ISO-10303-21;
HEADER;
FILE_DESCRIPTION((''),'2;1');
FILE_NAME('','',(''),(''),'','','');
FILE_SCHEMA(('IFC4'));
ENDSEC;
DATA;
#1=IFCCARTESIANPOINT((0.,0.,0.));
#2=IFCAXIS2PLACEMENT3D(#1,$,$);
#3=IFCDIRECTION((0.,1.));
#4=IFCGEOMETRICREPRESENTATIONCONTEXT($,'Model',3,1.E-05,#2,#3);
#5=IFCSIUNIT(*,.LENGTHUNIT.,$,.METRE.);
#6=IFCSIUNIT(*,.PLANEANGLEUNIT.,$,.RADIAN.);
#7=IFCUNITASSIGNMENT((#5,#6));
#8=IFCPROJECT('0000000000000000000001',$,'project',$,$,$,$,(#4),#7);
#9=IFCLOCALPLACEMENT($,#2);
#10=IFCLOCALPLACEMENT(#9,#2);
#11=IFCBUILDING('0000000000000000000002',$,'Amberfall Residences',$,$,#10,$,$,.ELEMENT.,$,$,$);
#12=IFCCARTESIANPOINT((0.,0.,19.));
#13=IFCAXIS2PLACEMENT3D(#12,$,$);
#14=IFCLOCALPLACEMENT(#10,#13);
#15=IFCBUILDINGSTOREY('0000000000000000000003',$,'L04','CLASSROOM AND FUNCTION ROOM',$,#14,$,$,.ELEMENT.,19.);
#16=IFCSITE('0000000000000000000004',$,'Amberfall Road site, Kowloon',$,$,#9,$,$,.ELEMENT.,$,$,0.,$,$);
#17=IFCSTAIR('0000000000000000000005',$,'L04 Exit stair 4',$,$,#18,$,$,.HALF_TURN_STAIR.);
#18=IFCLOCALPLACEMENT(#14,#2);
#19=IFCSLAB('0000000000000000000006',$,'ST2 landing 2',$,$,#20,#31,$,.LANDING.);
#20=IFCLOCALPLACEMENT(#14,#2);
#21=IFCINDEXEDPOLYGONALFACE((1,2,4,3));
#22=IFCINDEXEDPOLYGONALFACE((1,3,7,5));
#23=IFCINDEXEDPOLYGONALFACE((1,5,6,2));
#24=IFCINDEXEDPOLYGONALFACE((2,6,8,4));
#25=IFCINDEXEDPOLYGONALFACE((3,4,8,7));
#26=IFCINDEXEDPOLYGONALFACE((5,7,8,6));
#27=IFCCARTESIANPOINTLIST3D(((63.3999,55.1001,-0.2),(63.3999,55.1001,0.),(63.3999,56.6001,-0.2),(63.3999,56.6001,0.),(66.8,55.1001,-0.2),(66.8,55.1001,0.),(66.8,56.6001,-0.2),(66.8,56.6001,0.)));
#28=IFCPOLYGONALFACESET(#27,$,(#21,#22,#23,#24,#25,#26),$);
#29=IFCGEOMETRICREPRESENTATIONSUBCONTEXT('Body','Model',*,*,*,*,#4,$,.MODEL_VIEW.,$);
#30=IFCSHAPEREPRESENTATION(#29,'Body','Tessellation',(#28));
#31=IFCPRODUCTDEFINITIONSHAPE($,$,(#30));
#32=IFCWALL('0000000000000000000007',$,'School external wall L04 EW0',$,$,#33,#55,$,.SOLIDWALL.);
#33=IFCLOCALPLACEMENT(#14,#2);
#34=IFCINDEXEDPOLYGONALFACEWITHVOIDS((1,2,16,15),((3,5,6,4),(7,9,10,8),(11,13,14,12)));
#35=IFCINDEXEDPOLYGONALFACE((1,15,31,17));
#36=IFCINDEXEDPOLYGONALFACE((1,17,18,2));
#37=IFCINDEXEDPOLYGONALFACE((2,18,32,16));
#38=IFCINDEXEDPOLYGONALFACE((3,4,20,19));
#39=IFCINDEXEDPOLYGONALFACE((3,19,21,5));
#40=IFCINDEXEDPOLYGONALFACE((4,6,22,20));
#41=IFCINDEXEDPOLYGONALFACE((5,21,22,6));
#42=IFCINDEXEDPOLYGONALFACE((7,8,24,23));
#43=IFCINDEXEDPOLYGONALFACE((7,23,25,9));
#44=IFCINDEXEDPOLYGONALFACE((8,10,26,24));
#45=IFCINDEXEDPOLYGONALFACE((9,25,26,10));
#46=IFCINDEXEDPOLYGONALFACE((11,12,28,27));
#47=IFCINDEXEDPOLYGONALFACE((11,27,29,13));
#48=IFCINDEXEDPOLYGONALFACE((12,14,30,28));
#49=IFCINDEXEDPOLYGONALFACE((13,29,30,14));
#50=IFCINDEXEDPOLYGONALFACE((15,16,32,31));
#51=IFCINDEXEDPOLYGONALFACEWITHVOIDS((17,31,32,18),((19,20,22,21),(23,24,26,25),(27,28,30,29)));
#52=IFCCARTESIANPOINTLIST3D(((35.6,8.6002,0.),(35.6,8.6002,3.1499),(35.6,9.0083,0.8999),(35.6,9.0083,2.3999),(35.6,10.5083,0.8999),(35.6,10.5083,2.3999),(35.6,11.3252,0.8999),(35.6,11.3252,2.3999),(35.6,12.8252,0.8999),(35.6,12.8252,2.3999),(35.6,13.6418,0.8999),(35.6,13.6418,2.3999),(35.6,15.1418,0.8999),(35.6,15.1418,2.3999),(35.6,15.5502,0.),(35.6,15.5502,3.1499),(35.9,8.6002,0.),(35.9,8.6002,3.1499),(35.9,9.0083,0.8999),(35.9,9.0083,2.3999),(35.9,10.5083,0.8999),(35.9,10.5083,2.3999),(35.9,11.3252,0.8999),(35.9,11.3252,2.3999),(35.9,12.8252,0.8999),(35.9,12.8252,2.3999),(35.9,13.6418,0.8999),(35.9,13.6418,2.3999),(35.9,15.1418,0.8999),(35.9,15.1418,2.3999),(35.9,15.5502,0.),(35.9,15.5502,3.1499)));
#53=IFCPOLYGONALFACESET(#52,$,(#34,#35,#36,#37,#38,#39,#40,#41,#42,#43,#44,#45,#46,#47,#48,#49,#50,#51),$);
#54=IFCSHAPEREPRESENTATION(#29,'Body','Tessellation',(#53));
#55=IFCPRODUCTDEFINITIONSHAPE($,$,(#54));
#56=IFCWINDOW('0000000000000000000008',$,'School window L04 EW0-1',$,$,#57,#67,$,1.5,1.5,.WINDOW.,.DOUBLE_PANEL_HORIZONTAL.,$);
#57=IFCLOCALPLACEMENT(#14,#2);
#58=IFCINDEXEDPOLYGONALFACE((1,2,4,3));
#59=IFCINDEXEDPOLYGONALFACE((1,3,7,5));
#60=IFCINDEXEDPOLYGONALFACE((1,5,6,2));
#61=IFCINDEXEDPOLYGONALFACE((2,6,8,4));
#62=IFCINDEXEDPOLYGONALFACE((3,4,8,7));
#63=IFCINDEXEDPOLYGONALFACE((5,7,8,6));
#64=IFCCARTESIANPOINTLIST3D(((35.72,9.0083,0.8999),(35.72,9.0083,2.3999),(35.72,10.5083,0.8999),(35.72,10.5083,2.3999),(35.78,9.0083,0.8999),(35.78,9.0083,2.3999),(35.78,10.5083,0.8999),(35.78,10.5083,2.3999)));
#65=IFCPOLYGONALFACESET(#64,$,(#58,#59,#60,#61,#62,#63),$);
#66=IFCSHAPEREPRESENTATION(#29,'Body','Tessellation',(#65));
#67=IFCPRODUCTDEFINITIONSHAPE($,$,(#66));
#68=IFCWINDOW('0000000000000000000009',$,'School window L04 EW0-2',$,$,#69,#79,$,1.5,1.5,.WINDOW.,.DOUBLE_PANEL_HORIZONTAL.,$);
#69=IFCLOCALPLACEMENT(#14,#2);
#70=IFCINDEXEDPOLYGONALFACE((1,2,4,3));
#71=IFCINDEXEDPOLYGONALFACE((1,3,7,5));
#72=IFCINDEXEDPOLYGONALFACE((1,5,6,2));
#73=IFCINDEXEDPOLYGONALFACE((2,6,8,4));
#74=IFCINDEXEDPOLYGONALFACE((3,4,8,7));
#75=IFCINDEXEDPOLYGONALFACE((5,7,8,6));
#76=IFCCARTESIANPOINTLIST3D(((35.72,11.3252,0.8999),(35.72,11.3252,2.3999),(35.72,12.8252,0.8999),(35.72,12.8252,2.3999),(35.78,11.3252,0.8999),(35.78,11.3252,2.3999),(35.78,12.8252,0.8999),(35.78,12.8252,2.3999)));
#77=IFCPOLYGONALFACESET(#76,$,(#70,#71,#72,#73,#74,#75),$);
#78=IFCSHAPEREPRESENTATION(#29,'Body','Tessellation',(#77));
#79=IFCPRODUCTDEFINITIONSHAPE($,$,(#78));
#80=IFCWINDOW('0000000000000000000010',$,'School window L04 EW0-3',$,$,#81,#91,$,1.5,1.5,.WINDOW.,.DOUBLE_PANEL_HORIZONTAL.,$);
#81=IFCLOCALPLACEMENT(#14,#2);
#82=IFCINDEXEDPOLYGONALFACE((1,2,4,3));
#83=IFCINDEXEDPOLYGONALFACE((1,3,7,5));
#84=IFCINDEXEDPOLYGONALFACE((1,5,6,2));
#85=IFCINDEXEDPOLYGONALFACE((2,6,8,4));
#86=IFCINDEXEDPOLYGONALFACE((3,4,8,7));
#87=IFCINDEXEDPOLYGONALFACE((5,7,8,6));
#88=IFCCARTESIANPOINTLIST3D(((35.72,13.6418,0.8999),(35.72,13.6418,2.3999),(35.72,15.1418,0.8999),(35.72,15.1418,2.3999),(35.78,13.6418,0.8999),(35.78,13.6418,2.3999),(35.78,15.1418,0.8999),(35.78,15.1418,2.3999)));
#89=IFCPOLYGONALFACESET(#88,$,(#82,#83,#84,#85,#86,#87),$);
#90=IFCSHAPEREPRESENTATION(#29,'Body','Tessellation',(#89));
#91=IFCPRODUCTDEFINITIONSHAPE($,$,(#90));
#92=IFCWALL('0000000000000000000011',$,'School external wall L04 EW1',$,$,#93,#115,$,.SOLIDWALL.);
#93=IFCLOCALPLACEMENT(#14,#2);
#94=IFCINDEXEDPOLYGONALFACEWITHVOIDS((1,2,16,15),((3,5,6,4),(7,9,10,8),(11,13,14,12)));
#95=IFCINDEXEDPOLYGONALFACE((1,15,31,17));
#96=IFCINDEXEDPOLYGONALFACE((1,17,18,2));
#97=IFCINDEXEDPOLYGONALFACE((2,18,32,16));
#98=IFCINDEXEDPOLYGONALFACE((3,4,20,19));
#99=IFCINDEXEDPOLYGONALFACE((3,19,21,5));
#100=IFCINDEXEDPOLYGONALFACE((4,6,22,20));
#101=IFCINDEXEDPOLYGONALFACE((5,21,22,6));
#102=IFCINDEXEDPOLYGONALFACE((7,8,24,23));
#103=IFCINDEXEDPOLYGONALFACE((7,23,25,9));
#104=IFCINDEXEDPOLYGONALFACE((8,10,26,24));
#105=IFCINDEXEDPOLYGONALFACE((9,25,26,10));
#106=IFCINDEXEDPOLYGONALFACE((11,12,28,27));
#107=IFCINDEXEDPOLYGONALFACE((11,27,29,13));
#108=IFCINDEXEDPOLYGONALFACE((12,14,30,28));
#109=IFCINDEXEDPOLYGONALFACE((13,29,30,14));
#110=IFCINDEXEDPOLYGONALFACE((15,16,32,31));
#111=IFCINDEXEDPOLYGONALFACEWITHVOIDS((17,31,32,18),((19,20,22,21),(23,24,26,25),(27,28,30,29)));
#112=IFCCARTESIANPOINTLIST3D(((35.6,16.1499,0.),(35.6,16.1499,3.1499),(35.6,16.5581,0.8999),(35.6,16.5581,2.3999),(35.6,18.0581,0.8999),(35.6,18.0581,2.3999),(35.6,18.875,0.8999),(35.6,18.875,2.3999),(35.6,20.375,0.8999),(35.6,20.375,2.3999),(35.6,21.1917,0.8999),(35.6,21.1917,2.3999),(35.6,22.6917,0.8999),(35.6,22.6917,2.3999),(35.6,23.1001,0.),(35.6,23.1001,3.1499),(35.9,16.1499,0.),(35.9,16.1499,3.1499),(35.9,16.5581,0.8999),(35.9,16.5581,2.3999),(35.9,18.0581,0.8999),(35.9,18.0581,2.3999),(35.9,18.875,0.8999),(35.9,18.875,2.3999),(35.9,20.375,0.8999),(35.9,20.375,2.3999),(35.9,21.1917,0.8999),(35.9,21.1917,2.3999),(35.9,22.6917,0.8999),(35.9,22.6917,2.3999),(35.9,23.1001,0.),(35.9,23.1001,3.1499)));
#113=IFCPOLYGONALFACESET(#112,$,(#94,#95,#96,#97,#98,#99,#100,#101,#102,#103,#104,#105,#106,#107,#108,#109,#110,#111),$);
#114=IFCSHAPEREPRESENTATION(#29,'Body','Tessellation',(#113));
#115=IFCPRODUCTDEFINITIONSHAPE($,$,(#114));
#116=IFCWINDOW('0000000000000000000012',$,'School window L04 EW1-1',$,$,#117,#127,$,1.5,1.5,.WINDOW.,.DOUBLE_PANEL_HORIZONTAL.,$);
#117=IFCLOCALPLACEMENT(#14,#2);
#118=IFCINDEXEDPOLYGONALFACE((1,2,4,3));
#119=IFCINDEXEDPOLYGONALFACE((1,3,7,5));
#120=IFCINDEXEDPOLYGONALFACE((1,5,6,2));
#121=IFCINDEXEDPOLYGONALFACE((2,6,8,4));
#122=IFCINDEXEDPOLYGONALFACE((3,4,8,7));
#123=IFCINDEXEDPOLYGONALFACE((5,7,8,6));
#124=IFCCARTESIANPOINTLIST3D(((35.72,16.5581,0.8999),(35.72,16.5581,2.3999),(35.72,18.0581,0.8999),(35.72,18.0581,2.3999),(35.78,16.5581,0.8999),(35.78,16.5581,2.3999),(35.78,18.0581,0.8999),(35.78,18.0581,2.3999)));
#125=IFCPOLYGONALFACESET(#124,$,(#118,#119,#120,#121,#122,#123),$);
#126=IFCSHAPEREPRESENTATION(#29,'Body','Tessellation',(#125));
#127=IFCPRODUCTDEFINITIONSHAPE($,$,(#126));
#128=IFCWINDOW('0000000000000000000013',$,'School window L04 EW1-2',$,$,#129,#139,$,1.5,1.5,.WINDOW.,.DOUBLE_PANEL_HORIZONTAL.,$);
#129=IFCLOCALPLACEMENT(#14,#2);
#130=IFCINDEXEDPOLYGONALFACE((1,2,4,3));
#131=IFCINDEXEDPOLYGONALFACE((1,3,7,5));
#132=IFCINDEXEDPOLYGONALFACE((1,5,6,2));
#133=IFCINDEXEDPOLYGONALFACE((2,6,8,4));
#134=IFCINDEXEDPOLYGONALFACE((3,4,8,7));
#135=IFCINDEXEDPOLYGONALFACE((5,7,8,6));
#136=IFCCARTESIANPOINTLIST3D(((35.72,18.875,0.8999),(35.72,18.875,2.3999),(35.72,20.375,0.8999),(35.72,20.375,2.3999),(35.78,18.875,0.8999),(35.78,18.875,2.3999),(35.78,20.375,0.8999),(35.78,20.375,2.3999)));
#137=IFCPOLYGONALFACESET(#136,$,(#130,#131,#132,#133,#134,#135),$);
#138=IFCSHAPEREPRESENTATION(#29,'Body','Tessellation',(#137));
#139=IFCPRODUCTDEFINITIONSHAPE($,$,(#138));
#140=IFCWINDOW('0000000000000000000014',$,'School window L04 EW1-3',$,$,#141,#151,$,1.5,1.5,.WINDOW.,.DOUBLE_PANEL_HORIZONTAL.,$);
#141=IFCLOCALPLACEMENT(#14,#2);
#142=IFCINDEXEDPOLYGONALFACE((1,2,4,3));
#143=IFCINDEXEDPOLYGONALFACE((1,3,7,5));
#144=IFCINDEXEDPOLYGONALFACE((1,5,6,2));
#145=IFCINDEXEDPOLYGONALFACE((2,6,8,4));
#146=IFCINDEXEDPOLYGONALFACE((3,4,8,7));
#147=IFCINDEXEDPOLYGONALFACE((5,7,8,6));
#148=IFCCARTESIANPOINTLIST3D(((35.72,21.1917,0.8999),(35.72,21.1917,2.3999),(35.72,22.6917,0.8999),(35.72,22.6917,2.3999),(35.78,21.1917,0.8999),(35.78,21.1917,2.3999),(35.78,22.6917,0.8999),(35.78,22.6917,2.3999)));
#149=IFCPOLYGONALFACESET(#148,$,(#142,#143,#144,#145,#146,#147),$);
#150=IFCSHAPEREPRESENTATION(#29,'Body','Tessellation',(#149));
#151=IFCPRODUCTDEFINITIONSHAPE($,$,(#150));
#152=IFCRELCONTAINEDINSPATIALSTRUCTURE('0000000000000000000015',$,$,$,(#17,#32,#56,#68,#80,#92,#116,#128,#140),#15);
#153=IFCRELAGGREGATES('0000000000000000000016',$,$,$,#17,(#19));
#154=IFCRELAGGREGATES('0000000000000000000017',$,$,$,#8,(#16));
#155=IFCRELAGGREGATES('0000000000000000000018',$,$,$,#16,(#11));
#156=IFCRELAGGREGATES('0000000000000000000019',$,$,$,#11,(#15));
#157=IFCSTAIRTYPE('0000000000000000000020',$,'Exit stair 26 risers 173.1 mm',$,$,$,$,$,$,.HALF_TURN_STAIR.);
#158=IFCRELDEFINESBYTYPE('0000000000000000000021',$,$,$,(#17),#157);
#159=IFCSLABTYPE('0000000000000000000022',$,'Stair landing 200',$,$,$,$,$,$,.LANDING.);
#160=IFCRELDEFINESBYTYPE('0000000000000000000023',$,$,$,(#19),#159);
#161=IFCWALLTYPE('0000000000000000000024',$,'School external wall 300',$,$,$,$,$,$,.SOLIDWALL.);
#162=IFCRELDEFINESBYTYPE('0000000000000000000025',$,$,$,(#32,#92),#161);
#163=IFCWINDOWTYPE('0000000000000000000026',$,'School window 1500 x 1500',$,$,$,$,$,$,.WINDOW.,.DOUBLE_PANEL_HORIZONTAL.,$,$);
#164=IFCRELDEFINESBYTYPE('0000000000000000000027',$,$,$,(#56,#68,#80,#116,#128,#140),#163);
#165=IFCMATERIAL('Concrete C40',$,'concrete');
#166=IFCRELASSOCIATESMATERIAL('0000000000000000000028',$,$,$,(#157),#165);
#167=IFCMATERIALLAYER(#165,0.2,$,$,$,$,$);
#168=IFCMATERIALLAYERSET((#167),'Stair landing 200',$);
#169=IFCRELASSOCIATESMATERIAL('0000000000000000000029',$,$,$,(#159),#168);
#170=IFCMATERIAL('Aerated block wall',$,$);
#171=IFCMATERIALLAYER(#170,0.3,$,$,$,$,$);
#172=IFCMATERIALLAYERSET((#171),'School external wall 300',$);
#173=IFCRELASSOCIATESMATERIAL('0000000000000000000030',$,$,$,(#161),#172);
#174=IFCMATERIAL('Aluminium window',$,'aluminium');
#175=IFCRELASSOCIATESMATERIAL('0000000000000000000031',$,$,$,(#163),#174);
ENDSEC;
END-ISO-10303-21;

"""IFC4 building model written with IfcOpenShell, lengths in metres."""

from ifc_helpers import new_model, si_unit, direction, frame, frame_2d, origin, place, context, subcontext, project, spatial, polyline, rectangle, outline, extrude, material, layer, layer_set, type_object, element, fill, aggregate, save


model = new_model("IFC4")

# Units and contexts
model_context = context("Model", 3, precision=1e-05, world=origin(), true_north=direction((0.0, 1.0)))
body_context = subcontext(model_context, "Body", "Model", "MODEL_VIEW")
ifc_project = project(units=[si_unit("LENGTHUNIT", "METRE"), si_unit("PLANEANGLEUNIT", "RADIAN")], contexts=[model_context])

# Site, building, storey
site_placement = place(None, origin())
site = spatial("IfcSite", under=ifc_project, at=site_placement, Name="Amberfall Road site, Kowloon", CompositionType="ELEMENT", RefElevation=0.0)
building_placement = place(site_placement, origin())
building = spatial("IfcBuilding", under=site, at=building_placement, Name="Amberfall Residences", CompositionType="ELEMENT")
storey_placement = place(building_placement, frame((0.0, 0.0, 19.0)))
storey = spatial("IfcBuildingStorey", under=building, at=storey_placement, Name="L04", Description="CLASSROOM AND FUNCTION ROOM", CompositionType="ELEMENT", Elevation=19.0)

# Shared definitions
ifc_material_1 = material(Name="Concrete C40", Category="concrete")

# Shared definitions
stair_type_1 = type_object("IfcStairType", Name="Exit stair 26 risers 173.1 mm", PredefinedType="HALF_TURN_STAIR", material=ifc_material_1)
ifc_layer_1 = layer(ifc_material_1, 0.2)
ifc_layer_set_1 = layer_set([ifc_layer_1], Name="Stair landing 200")
slab_type_1 = type_object("IfcSlabType", Name="Stair landing 200", PredefinedType="LANDING", material=ifc_layer_set_1)

# Stair, slab
stair_1_placement = place(storey_placement, origin())
stair_1 = element("IfcStair", 1, at=stair_1_placement, inside=storey, type_object=stair_type_1, Name="L04 Exit stair 4", PredefinedType="HALF_TURN_STAIR")
slab_1_placement = place(storey_placement, frame((0.0, 0.0, -0.2)))
slab_1 = element("IfcSlab", 2, at=slab_1_placement, type_object=slab_type_1, Name="ST2 landing 2", PredefinedType="LANDING", context=body_context, shape_type="SweptSolid", body=[
    extrude(outline(polyline([(63.3999, 56.6001), (63.3999, 55.1001), (66.8, 55.1001), (66.8, 56.6001), (63.3999, 56.6001)])), origin(), (0.0, 0.0, 1.0), 0.2),
])
aggregate(stair_1, [slab_1])

# Walls, openings, windows
ifc_material_2 = material(Name="Aerated block wall")
ifc_layer_2 = layer(ifc_material_2, 0.3)
ifc_layer_set_2 = layer_set([ifc_layer_2], Name="School external wall 300")
wall_type = type_object("IfcWallType", Name="School external wall 300", PredefinedType="SOLIDWALL", material=ifc_layer_set_2)
wall_1_placement = place(storey_placement, frame((35.75, 8.6001, 0.0), z_axis=(0.0, 0.0, 1.0), x_axis=(0.0, 1.0, 0.0)))
wall_1 = element("IfcWall", 3, at=wall_1_placement, inside=storey, type_object=wall_type, Name="School external wall L04 EW0", PredefinedType="SOLIDWALL", context=body_context, shape_type="SweptSolid", body=[
    extrude(rectangle(XDim=6.95, YDim=0.3, at=frame_2d((3.4751, 0.0))), origin(), (0.0, 0.0, 1.0), 3.1499),
])
opening_1_placement = place(wall_1_placement, frame((0.4082, 0.0, 0.8999)))
opening_1 = element("IfcOpeningElement", 4, at=opening_1_placement, cuts=wall_1, PredefinedType="OPENING", context=body_context, shape_type="SweptSolid", body=[
    extrude(rectangle(XDim=1.5, YDim=1.5, at=frame_2d((0.75, 0.75))), frame((0.0, 0.1599, 0.0), z_axis=(0.0, -1.0, 0.0), x_axis=(1.0, 0.0, 0.0)), (0.0, 0.0, 1.0), 0.3201),
])
opening_2_placement = place(wall_1_placement, frame((2.7251, 0.0, 0.8999)))
opening_2 = element("IfcOpeningElement", 5, at=opening_2_placement, cuts=wall_1, PredefinedType="OPENING", context=body_context, shape_type="SweptSolid", body=[
    extrude(rectangle(XDim=1.5, YDim=1.5, at=frame_2d((0.75, 0.75))), frame((0.0, 0.1599, 0.0), z_axis=(0.0, -1.0, 0.0), x_axis=(1.0, 0.0, 0.0)), (0.0, 0.0, 1.0), 0.3201),
])
opening_3_placement = place(wall_1_placement, frame((5.0417, 0.0, 0.8999)))
opening_3 = element("IfcOpeningElement", 6, at=opening_3_placement, cuts=wall_1, PredefinedType="OPENING", context=body_context, shape_type="SweptSolid", body=[
    extrude(rectangle(XDim=1.5, YDim=1.5, at=frame_2d((0.75, 0.75))), frame((0.0, 0.1599, 0.0), z_axis=(0.0, -1.0, 0.0), x_axis=(1.0, 0.0, 0.0)), (0.0, 0.0, 1.0), 0.3201),
])
ifc_material_3 = material(Name="Aluminium window", Category="aluminium")
window_type = type_object("IfcWindowType", Name="School window 1500 x 1500", PartitioningType="DOUBLE_PANEL_HORIZONTAL", PredefinedType="WINDOW", material=ifc_material_3)
window_1_placement = place(opening_1_placement, origin())
window_1 = element("IfcWindow", 7, at=window_1_placement, inside=storey, type_object=window_type, Name="School window L04 EW0-1", OverallHeight=1.5, OverallWidth=1.5, PartitioningType="DOUBLE_PANEL_HORIZONTAL", PredefinedType="WINDOW", context=body_context, shape_type="SweptSolid", body=[
    extrude(rectangle(XDim=1.5, YDim=1.5, at=frame_2d((0.75, 0.75))), frame((0.0, 0.03, 0.0), z_axis=(0.0, -1.0, 0.0), x_axis=(1.0, 0.0, 0.0)), (0.0, 0.0, 1.0), 0.0601),
])
fill(opening_1, window_1)
window_2_placement = place(opening_2_placement, origin())
window_2 = element("IfcWindow", 8, at=window_2_placement, inside=storey, type_object=window_type, Name="School window L04 EW0-2", OverallHeight=1.5, OverallWidth=1.5, PartitioningType="DOUBLE_PANEL_HORIZONTAL", PredefinedType="WINDOW", context=body_context, shape_type="SweptSolid", body=[
    extrude(rectangle(XDim=1.5, YDim=1.5, at=frame_2d((0.75, 0.75))), frame((0.0, 0.03, 0.0), z_axis=(0.0, -1.0, 0.0), x_axis=(1.0, 0.0, 0.0)), (0.0, 0.0, 1.0), 0.0601),
])
fill(opening_2, window_2)
window_3_placement = place(opening_3_placement, origin())
window_3 = element("IfcWindow", 9, at=window_3_placement, inside=storey, type_object=window_type, Name="School window L04 EW0-3", OverallHeight=1.5, OverallWidth=1.5, PartitioningType="DOUBLE_PANEL_HORIZONTAL", PredefinedType="WINDOW", context=body_context, shape_type="SweptSolid", body=[
    extrude(rectangle(XDim=1.5, YDim=1.5, at=frame_2d((0.75, 0.75))), frame((0.0, 0.03, 0.0), z_axis=(0.0, -1.0, 0.0), x_axis=(1.0, 0.0, 0.0)), (0.0, 0.0, 1.0), 0.0601),
])
fill(opening_3, window_3)
wall_2_placement = place(storey_placement, frame((35.75, 16.1499, 0.0), z_axis=(0.0, 0.0, 1.0), x_axis=(0.0, 1.0, 0.0)))
wall_2 = element("IfcWall", 10, at=wall_2_placement, inside=storey, type_object=wall_type, Name="School external wall L04 EW1", PredefinedType="SOLIDWALL", context=body_context, shape_type="SweptSolid", body=[
    extrude(rectangle(XDim=6.9502, YDim=0.3, at=frame_2d((3.4751, 0.0))), origin(), (0.0, 0.0, 1.0), 3.1499),
])
opening_4_placement = place(wall_2_placement, frame((0.4082, 0.0, 0.8999)))
opening_4 = element("IfcOpeningElement", 11, at=opening_4_placement, cuts=wall_2, PredefinedType="OPENING", context=body_context, shape_type="SweptSolid", body=[
    extrude(rectangle(XDim=1.5, YDim=1.5, at=frame_2d((0.75, 0.75))), frame((0.0, 0.1599, 0.0), z_axis=(0.0, -1.0, 0.0), x_axis=(1.0, 0.0, 0.0)), (0.0, 0.0, 1.0), 0.3201),
])
opening_5_placement = place(wall_2_placement, frame((2.7251, 0.0, 0.8999)))
opening_5 = element("IfcOpeningElement", 12, at=opening_5_placement, cuts=wall_2, PredefinedType="OPENING", context=body_context, shape_type="SweptSolid", body=[
    extrude(rectangle(XDim=1.5, YDim=1.5, at=frame_2d((0.75, 0.75))), frame((0.0, 0.1599, 0.0), z_axis=(0.0, -1.0, 0.0), x_axis=(1.0, 0.0, 0.0)), (0.0, 0.0, 1.0), 0.3201),
])
opening_6_placement = place(wall_2_placement, frame((5.0417, 0.0, 0.8999)))
opening_6 = element("IfcOpeningElement", 13, at=opening_6_placement, cuts=wall_2, PredefinedType="OPENING", context=body_context, shape_type="SweptSolid", body=[
    extrude(rectangle(XDim=1.5, YDim=1.5, at=frame_2d((0.75, 0.75))), frame((0.0, 0.1599, 0.0), z_axis=(0.0, -1.0, 0.0), x_axis=(1.0, 0.0, 0.0)), (0.0, 0.0, 1.0), 0.3201),
])
window_4_placement = place(opening_4_placement, origin())
window_4 = element("IfcWindow", 14, at=window_4_placement, inside=storey, type_object=window_type, Name="School window L04 EW1-1", OverallHeight=1.5, OverallWidth=1.5, PartitioningType="DOUBLE_PANEL_HORIZONTAL", PredefinedType="WINDOW", context=body_context, shape_type="SweptSolid", body=[
    extrude(rectangle(XDim=1.5, YDim=1.5, at=frame_2d((0.75, 0.75))), frame((0.0, 0.03, 0.0), z_axis=(0.0, -1.0, 0.0), x_axis=(1.0, 0.0, 0.0)), (0.0, 0.0, 1.0), 0.0601),
])
fill(opening_4, window_4)
window_5_placement = place(opening_5_placement, origin())
window_5 = element("IfcWindow", 15, at=window_5_placement, inside=storey, type_object=window_type, Name="School window L04 EW1-2", OverallHeight=1.5, OverallWidth=1.5, PartitioningType="DOUBLE_PANEL_HORIZONTAL", PredefinedType="WINDOW", context=body_context, shape_type="SweptSolid", body=[
    extrude(rectangle(XDim=1.5, YDim=1.5, at=frame_2d((0.75, 0.75))), frame((0.0, 0.03, 0.0), z_axis=(0.0, -1.0, 0.0), x_axis=(1.0, 0.0, 0.0)), (0.0, 0.0, 1.0), 0.0601),
])
fill(opening_5, window_5)
window_6_placement = place(opening_6_placement, origin())
window_6 = element("IfcWindow", 16, at=window_6_placement, inside=storey, type_object=window_type, Name="School window L04 EW1-3", OverallHeight=1.5, OverallWidth=1.5, PartitioningType="DOUBLE_PANEL_HORIZONTAL", PredefinedType="WINDOW", context=body_context, shape_type="SweptSolid", body=[
    extrude(rectangle(XDim=1.5, YDim=1.5, at=frame_2d((0.75, 0.75))), frame((0.0, 0.03, 0.0), z_axis=(0.0, -1.0, 0.0), x_axis=(1.0, 0.0, 0.0)), (0.0, 0.0, 1.0), 0.0601),
])
fill(opening_6, window_6)

save(model, "model.ifc")
